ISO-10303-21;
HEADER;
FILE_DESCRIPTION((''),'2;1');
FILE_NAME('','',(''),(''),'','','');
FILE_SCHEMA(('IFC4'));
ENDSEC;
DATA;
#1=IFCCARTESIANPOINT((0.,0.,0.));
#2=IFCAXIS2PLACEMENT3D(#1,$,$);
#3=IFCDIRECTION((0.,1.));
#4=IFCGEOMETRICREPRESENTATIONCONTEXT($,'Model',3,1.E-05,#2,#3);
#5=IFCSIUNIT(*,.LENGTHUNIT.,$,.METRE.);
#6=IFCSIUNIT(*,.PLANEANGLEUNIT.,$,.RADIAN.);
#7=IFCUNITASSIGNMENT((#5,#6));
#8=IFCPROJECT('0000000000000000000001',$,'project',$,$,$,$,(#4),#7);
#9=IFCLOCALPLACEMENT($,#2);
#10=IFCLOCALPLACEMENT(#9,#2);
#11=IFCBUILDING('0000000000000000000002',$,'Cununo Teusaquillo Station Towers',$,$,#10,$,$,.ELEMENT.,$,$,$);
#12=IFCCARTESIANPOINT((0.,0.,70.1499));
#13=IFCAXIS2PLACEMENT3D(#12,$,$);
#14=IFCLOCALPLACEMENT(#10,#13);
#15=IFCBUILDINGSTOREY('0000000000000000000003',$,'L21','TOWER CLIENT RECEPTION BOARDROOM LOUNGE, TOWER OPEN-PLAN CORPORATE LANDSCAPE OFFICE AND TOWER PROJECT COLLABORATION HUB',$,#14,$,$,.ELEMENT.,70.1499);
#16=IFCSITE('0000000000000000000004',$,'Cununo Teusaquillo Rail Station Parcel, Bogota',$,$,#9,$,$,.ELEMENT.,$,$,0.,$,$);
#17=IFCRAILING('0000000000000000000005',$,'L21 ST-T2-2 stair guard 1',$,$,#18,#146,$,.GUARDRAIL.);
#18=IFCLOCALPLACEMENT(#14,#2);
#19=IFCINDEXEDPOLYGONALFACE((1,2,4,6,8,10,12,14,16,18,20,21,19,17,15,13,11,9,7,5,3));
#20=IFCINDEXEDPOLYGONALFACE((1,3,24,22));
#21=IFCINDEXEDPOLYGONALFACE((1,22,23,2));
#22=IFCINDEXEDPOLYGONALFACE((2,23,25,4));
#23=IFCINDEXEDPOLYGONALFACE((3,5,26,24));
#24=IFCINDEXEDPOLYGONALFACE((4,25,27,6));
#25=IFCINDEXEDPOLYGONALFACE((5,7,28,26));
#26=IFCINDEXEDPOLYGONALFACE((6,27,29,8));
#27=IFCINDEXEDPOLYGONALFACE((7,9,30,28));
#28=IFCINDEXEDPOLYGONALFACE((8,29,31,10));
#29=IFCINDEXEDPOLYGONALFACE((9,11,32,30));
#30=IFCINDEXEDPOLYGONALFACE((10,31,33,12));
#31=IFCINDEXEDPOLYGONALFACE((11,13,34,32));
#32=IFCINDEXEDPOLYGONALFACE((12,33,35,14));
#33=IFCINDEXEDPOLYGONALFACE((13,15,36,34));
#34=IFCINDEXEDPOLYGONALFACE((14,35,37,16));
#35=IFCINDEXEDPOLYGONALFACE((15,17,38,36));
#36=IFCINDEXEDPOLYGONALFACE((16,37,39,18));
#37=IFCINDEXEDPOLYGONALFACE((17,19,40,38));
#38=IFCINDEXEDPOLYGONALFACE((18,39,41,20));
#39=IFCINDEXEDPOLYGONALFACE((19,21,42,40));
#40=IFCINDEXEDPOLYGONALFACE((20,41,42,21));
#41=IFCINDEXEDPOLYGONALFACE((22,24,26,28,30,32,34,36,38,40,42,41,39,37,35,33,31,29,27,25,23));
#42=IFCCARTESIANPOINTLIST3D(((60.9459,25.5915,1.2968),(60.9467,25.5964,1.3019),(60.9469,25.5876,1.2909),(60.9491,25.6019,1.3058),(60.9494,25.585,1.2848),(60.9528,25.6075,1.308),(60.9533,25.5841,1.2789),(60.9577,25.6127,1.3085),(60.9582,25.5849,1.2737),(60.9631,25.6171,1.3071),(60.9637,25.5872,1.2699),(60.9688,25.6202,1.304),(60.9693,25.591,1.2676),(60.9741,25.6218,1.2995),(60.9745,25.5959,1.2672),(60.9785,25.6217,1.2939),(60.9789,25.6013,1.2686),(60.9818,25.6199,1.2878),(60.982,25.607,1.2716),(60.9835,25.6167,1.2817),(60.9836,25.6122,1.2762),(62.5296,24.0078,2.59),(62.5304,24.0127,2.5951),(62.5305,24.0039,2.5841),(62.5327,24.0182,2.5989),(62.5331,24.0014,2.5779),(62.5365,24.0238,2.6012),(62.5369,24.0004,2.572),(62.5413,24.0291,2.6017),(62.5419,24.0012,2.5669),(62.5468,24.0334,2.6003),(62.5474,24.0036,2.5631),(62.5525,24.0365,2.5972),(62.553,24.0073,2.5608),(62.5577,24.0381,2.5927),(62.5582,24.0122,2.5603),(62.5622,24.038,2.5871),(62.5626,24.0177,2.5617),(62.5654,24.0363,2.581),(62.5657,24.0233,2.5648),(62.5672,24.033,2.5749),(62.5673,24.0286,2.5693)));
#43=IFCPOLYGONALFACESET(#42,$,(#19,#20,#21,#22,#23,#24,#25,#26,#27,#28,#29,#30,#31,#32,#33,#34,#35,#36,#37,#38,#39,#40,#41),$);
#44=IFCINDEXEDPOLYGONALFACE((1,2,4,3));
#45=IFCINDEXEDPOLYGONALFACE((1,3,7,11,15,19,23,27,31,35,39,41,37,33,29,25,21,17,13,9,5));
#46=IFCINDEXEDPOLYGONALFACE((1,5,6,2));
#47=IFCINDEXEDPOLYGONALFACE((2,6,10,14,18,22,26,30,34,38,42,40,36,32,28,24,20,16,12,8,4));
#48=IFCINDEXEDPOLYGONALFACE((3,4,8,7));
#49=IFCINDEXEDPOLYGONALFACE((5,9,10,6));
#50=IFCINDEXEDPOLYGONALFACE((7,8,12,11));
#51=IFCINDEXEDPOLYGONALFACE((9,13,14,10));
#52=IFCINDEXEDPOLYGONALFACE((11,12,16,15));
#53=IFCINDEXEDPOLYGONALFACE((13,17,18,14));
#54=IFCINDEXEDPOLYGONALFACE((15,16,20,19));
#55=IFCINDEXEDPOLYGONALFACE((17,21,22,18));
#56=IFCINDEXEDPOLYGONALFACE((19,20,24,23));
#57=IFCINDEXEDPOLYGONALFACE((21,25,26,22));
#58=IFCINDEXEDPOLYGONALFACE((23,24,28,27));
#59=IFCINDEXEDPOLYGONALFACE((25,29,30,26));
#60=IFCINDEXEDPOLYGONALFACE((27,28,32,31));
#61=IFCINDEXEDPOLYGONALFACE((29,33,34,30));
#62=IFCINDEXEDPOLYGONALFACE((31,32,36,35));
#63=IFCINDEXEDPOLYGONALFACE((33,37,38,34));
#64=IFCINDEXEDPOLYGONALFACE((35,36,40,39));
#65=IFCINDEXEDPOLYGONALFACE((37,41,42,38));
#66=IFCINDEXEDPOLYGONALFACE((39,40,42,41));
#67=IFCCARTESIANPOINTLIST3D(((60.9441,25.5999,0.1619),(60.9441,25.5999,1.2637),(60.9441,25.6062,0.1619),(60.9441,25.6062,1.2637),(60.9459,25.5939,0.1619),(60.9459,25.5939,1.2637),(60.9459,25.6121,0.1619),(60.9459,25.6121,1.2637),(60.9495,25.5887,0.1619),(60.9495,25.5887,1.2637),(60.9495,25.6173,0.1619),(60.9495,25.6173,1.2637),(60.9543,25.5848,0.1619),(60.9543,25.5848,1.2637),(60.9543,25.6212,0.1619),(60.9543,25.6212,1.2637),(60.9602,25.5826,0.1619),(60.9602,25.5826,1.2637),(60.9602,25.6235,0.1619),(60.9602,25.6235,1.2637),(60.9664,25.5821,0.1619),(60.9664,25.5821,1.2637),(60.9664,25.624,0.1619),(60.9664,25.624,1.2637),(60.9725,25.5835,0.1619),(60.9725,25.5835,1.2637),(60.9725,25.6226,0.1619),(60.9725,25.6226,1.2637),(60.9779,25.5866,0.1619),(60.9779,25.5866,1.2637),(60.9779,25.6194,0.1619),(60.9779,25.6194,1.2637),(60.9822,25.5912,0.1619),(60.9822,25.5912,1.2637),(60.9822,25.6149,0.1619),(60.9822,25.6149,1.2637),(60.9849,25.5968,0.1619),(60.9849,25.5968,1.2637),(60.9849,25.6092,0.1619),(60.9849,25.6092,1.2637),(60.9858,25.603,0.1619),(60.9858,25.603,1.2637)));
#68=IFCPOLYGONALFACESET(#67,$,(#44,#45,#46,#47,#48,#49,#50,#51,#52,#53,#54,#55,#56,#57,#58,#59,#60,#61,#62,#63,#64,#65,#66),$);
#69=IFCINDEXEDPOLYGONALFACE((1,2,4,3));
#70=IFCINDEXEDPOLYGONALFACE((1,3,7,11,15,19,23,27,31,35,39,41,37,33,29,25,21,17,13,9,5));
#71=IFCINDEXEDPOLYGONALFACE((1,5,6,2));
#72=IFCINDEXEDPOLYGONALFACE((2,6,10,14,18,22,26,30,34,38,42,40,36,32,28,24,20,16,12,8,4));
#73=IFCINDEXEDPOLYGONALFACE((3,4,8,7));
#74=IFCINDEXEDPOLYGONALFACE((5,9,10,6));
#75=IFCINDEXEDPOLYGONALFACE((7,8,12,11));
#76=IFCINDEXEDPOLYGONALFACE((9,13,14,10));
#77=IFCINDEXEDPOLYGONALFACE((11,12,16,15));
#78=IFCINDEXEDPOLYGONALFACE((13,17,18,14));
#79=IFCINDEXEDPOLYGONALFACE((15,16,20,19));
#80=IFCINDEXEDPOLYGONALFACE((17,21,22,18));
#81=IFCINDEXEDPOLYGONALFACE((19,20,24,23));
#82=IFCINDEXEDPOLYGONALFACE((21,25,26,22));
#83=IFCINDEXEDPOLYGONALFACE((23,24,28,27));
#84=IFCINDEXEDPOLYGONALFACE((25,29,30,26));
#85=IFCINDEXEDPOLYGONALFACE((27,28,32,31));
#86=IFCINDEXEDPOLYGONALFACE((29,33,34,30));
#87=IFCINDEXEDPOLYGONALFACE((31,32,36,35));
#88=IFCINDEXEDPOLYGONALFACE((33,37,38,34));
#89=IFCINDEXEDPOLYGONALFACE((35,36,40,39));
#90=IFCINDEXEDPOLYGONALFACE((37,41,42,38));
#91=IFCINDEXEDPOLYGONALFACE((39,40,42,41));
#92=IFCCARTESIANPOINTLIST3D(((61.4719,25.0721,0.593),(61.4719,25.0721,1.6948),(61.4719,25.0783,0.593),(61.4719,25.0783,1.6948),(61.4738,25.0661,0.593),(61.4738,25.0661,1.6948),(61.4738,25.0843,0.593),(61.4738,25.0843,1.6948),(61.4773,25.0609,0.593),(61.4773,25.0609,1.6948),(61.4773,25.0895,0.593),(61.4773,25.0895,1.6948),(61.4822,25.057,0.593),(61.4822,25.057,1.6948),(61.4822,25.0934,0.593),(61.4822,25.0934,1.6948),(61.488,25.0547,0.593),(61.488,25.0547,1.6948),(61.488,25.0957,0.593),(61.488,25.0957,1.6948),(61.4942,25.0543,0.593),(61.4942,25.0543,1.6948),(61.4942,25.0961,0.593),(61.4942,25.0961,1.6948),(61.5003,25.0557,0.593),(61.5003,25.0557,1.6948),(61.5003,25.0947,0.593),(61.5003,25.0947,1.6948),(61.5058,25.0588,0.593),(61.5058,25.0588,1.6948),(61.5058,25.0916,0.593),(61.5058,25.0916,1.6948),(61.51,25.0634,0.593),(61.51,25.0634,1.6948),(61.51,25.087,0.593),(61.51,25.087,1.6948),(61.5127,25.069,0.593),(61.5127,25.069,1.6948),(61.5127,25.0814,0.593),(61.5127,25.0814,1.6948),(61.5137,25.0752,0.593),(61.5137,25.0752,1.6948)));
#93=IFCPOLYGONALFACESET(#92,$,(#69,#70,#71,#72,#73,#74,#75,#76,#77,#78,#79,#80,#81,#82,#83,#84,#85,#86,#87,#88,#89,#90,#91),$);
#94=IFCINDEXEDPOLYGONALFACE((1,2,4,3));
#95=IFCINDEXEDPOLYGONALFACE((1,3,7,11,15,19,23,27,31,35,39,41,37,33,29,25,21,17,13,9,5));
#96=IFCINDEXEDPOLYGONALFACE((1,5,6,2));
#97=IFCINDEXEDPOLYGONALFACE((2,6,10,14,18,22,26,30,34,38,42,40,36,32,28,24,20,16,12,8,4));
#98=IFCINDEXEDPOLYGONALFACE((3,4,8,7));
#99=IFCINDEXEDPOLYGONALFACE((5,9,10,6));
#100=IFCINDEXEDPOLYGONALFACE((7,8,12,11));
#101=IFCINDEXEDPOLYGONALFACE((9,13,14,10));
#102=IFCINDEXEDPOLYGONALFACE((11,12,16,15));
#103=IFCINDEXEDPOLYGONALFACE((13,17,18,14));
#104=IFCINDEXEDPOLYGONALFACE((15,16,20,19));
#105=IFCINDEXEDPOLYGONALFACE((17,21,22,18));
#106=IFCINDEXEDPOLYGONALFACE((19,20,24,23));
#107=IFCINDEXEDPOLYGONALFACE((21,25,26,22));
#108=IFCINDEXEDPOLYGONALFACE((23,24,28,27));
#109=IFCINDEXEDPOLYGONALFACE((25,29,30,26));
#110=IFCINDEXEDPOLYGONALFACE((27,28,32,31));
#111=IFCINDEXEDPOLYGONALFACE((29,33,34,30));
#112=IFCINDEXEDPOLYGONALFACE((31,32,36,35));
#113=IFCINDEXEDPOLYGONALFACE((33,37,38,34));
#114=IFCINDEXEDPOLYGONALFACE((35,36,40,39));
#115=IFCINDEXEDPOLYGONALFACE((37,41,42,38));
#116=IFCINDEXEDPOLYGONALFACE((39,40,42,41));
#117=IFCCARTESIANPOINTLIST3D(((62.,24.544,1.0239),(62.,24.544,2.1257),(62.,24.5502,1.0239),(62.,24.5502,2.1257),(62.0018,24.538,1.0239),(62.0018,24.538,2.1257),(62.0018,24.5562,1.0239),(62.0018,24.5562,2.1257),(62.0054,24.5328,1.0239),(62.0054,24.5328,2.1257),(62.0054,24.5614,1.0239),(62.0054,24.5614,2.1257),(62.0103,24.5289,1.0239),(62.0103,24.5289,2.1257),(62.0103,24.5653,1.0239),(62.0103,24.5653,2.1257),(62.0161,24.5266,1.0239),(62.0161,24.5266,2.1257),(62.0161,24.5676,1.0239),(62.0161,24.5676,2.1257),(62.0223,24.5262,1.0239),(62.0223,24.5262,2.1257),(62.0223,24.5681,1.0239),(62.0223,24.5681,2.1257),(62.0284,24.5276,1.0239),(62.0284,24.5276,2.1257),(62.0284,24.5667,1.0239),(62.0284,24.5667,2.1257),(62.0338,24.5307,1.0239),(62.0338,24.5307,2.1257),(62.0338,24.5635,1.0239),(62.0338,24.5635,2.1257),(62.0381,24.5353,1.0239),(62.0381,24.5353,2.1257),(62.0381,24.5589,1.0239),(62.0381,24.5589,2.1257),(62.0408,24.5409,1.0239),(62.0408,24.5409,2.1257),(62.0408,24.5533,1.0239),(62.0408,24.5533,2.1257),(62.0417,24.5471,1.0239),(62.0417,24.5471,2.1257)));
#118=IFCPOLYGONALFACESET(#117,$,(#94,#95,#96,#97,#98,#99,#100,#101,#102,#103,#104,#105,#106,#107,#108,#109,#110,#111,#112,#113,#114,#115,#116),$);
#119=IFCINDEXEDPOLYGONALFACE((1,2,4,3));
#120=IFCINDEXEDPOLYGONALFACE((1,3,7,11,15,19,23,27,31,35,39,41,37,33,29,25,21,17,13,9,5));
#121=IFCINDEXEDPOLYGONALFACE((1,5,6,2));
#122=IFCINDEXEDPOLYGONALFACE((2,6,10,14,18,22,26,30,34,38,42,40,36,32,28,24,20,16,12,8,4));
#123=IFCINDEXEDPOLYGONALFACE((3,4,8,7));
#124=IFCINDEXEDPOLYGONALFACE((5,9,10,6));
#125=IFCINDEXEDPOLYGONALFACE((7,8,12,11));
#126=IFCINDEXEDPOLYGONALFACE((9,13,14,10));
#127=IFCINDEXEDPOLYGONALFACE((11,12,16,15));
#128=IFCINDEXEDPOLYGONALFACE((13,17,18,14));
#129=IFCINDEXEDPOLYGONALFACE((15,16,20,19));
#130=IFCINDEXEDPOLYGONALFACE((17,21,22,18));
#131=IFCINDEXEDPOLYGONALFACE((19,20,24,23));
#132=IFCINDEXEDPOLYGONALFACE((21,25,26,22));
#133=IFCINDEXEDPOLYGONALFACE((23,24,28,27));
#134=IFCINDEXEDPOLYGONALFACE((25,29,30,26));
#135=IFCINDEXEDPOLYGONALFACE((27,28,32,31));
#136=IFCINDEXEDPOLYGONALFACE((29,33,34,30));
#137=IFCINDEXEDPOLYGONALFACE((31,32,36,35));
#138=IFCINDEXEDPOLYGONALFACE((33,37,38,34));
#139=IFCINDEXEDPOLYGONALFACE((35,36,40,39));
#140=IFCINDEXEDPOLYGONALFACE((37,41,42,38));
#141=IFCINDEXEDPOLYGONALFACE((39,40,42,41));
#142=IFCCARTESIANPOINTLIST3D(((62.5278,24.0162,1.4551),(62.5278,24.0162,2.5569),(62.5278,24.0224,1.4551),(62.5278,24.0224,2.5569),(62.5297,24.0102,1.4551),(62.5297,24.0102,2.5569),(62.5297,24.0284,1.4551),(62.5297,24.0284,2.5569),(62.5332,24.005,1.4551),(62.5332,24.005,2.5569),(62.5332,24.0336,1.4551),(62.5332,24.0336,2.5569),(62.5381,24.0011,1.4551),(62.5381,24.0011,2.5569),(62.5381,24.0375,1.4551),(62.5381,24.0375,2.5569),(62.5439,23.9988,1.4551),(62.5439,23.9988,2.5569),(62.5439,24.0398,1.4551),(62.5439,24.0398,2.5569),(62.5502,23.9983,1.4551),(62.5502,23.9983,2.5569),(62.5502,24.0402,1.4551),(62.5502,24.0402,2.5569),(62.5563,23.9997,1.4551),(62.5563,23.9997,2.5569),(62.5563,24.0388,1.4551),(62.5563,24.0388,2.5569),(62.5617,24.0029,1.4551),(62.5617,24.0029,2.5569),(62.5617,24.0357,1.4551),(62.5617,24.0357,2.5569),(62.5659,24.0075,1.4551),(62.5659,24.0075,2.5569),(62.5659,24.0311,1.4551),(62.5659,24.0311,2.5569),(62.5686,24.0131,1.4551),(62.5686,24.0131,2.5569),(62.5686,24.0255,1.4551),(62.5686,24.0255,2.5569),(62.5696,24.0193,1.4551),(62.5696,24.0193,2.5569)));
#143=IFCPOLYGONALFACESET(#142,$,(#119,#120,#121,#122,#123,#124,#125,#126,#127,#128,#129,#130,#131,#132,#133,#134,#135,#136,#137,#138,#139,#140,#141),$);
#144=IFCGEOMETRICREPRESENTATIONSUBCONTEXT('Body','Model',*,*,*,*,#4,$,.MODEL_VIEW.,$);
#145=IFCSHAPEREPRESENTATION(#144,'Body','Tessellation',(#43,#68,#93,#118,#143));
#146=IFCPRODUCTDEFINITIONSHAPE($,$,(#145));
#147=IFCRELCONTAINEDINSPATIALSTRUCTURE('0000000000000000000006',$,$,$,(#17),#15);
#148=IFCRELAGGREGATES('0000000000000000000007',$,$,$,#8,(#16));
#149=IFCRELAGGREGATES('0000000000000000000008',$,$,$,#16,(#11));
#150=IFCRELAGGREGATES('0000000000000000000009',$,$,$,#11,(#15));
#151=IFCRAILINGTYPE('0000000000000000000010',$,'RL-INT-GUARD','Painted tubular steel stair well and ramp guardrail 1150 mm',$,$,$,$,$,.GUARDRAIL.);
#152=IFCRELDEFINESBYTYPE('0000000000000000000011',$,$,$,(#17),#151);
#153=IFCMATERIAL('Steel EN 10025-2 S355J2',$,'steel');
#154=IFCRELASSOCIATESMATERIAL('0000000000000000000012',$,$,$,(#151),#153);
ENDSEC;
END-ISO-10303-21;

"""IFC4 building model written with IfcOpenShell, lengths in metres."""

from ifc_helpers import new_model, si_unit, direction, frame, origin, origin_2d, place, context, subcontext, project, spatial, circle, extrude, material, type_object, element, save


model = new_model("IFC4")

# Units and contexts
model_context = context("Model", 3, precision=1e-05, world=origin(), true_north=direction((0.0, 1.0)))
body_context = subcontext(model_context, "Body", "Model", "MODEL_VIEW")
ifc_project = project(units=[si_unit("LENGTHUNIT", "METRE"), si_unit("PLANEANGLEUNIT", "RADIAN")], contexts=[model_context])

# Site, building, storey
site_placement = place(None, origin())
site = spatial("IfcSite", under=ifc_project, at=site_placement, Name="Cununo Teusaquillo Rail Station Parcel, Bogota", CompositionType="ELEMENT", RefElevation=0.0)
building_placement = place(site_placement, origin())
building = spatial("IfcBuilding", under=site, at=building_placement, Name="Cununo Teusaquillo Station Towers", CompositionType="ELEMENT")
storey_placement = place(building_placement, frame((0.0, 0.0, 70.1499)))
storey = spatial("IfcBuildingStorey", under=building, at=storey_placement, Name="L21", Description="TOWER CLIENT RECEPTION BOARDROOM LOUNGE, TOWER OPEN-PLAN CORPORATE LANDSCAPE OFFICE AND TOWER PROJECT COLLABORATION HUB", CompositionType="ELEMENT", Elevation=70.1499)

# Railing
ifc_material_1 = material(Name="Steel EN 10025-2 S355J2", Category="steel")
railing_type_1 = type_object("IfcRailingType", Name="RL-INT-GUARD", Description="Painted tubular steel stair well and ramp guardrail 1150 mm", PredefinedType="GUARDRAIL", material=ifc_material_1)
railing_1_placement = place(storey_placement, frame((60.9648, 25.603, 0.1619)))
element("IfcRailing", 1, at=railing_1_placement, inside=storey, type_object=railing_type_1, Name="L21 ST-T2-2 stair guard 1", PredefinedType="GUARDRAIL", context=body_context, shape_type="SweptSolid", body=[
    extrude(circle(Radius=0.0239, at=origin_2d()), frame((0.0, 0.0, 1.126), z_axis=(0.612361, -0.612361, 0.500027), x_axis=(0.707107, 0.707107, 0.0)), (0.0, 0.0, 1.0), 2.5862),
    extrude(circle(Radius=0.021, at=origin_2d()), origin(), (0.0, 0.0, 1.0), 1.1018),
    extrude(circle(Radius=0.021, at=origin_2d()), frame((0.5278, -0.5278, 0.4312)), (0.0, 0.0, 1.0), 1.1018),
    extrude(circle(Radius=0.021, at=origin_2d()), frame((1.0559, -1.0559, 0.8621)), (0.0, 0.0, 1.0), 1.1018),
    extrude(circle(Radius=0.021, at=origin_2d()), frame((1.5837, -1.5837, 1.2932)), (0.0, 0.0, 1.0), 1.1018),
])

save(model, "model.ifc")
